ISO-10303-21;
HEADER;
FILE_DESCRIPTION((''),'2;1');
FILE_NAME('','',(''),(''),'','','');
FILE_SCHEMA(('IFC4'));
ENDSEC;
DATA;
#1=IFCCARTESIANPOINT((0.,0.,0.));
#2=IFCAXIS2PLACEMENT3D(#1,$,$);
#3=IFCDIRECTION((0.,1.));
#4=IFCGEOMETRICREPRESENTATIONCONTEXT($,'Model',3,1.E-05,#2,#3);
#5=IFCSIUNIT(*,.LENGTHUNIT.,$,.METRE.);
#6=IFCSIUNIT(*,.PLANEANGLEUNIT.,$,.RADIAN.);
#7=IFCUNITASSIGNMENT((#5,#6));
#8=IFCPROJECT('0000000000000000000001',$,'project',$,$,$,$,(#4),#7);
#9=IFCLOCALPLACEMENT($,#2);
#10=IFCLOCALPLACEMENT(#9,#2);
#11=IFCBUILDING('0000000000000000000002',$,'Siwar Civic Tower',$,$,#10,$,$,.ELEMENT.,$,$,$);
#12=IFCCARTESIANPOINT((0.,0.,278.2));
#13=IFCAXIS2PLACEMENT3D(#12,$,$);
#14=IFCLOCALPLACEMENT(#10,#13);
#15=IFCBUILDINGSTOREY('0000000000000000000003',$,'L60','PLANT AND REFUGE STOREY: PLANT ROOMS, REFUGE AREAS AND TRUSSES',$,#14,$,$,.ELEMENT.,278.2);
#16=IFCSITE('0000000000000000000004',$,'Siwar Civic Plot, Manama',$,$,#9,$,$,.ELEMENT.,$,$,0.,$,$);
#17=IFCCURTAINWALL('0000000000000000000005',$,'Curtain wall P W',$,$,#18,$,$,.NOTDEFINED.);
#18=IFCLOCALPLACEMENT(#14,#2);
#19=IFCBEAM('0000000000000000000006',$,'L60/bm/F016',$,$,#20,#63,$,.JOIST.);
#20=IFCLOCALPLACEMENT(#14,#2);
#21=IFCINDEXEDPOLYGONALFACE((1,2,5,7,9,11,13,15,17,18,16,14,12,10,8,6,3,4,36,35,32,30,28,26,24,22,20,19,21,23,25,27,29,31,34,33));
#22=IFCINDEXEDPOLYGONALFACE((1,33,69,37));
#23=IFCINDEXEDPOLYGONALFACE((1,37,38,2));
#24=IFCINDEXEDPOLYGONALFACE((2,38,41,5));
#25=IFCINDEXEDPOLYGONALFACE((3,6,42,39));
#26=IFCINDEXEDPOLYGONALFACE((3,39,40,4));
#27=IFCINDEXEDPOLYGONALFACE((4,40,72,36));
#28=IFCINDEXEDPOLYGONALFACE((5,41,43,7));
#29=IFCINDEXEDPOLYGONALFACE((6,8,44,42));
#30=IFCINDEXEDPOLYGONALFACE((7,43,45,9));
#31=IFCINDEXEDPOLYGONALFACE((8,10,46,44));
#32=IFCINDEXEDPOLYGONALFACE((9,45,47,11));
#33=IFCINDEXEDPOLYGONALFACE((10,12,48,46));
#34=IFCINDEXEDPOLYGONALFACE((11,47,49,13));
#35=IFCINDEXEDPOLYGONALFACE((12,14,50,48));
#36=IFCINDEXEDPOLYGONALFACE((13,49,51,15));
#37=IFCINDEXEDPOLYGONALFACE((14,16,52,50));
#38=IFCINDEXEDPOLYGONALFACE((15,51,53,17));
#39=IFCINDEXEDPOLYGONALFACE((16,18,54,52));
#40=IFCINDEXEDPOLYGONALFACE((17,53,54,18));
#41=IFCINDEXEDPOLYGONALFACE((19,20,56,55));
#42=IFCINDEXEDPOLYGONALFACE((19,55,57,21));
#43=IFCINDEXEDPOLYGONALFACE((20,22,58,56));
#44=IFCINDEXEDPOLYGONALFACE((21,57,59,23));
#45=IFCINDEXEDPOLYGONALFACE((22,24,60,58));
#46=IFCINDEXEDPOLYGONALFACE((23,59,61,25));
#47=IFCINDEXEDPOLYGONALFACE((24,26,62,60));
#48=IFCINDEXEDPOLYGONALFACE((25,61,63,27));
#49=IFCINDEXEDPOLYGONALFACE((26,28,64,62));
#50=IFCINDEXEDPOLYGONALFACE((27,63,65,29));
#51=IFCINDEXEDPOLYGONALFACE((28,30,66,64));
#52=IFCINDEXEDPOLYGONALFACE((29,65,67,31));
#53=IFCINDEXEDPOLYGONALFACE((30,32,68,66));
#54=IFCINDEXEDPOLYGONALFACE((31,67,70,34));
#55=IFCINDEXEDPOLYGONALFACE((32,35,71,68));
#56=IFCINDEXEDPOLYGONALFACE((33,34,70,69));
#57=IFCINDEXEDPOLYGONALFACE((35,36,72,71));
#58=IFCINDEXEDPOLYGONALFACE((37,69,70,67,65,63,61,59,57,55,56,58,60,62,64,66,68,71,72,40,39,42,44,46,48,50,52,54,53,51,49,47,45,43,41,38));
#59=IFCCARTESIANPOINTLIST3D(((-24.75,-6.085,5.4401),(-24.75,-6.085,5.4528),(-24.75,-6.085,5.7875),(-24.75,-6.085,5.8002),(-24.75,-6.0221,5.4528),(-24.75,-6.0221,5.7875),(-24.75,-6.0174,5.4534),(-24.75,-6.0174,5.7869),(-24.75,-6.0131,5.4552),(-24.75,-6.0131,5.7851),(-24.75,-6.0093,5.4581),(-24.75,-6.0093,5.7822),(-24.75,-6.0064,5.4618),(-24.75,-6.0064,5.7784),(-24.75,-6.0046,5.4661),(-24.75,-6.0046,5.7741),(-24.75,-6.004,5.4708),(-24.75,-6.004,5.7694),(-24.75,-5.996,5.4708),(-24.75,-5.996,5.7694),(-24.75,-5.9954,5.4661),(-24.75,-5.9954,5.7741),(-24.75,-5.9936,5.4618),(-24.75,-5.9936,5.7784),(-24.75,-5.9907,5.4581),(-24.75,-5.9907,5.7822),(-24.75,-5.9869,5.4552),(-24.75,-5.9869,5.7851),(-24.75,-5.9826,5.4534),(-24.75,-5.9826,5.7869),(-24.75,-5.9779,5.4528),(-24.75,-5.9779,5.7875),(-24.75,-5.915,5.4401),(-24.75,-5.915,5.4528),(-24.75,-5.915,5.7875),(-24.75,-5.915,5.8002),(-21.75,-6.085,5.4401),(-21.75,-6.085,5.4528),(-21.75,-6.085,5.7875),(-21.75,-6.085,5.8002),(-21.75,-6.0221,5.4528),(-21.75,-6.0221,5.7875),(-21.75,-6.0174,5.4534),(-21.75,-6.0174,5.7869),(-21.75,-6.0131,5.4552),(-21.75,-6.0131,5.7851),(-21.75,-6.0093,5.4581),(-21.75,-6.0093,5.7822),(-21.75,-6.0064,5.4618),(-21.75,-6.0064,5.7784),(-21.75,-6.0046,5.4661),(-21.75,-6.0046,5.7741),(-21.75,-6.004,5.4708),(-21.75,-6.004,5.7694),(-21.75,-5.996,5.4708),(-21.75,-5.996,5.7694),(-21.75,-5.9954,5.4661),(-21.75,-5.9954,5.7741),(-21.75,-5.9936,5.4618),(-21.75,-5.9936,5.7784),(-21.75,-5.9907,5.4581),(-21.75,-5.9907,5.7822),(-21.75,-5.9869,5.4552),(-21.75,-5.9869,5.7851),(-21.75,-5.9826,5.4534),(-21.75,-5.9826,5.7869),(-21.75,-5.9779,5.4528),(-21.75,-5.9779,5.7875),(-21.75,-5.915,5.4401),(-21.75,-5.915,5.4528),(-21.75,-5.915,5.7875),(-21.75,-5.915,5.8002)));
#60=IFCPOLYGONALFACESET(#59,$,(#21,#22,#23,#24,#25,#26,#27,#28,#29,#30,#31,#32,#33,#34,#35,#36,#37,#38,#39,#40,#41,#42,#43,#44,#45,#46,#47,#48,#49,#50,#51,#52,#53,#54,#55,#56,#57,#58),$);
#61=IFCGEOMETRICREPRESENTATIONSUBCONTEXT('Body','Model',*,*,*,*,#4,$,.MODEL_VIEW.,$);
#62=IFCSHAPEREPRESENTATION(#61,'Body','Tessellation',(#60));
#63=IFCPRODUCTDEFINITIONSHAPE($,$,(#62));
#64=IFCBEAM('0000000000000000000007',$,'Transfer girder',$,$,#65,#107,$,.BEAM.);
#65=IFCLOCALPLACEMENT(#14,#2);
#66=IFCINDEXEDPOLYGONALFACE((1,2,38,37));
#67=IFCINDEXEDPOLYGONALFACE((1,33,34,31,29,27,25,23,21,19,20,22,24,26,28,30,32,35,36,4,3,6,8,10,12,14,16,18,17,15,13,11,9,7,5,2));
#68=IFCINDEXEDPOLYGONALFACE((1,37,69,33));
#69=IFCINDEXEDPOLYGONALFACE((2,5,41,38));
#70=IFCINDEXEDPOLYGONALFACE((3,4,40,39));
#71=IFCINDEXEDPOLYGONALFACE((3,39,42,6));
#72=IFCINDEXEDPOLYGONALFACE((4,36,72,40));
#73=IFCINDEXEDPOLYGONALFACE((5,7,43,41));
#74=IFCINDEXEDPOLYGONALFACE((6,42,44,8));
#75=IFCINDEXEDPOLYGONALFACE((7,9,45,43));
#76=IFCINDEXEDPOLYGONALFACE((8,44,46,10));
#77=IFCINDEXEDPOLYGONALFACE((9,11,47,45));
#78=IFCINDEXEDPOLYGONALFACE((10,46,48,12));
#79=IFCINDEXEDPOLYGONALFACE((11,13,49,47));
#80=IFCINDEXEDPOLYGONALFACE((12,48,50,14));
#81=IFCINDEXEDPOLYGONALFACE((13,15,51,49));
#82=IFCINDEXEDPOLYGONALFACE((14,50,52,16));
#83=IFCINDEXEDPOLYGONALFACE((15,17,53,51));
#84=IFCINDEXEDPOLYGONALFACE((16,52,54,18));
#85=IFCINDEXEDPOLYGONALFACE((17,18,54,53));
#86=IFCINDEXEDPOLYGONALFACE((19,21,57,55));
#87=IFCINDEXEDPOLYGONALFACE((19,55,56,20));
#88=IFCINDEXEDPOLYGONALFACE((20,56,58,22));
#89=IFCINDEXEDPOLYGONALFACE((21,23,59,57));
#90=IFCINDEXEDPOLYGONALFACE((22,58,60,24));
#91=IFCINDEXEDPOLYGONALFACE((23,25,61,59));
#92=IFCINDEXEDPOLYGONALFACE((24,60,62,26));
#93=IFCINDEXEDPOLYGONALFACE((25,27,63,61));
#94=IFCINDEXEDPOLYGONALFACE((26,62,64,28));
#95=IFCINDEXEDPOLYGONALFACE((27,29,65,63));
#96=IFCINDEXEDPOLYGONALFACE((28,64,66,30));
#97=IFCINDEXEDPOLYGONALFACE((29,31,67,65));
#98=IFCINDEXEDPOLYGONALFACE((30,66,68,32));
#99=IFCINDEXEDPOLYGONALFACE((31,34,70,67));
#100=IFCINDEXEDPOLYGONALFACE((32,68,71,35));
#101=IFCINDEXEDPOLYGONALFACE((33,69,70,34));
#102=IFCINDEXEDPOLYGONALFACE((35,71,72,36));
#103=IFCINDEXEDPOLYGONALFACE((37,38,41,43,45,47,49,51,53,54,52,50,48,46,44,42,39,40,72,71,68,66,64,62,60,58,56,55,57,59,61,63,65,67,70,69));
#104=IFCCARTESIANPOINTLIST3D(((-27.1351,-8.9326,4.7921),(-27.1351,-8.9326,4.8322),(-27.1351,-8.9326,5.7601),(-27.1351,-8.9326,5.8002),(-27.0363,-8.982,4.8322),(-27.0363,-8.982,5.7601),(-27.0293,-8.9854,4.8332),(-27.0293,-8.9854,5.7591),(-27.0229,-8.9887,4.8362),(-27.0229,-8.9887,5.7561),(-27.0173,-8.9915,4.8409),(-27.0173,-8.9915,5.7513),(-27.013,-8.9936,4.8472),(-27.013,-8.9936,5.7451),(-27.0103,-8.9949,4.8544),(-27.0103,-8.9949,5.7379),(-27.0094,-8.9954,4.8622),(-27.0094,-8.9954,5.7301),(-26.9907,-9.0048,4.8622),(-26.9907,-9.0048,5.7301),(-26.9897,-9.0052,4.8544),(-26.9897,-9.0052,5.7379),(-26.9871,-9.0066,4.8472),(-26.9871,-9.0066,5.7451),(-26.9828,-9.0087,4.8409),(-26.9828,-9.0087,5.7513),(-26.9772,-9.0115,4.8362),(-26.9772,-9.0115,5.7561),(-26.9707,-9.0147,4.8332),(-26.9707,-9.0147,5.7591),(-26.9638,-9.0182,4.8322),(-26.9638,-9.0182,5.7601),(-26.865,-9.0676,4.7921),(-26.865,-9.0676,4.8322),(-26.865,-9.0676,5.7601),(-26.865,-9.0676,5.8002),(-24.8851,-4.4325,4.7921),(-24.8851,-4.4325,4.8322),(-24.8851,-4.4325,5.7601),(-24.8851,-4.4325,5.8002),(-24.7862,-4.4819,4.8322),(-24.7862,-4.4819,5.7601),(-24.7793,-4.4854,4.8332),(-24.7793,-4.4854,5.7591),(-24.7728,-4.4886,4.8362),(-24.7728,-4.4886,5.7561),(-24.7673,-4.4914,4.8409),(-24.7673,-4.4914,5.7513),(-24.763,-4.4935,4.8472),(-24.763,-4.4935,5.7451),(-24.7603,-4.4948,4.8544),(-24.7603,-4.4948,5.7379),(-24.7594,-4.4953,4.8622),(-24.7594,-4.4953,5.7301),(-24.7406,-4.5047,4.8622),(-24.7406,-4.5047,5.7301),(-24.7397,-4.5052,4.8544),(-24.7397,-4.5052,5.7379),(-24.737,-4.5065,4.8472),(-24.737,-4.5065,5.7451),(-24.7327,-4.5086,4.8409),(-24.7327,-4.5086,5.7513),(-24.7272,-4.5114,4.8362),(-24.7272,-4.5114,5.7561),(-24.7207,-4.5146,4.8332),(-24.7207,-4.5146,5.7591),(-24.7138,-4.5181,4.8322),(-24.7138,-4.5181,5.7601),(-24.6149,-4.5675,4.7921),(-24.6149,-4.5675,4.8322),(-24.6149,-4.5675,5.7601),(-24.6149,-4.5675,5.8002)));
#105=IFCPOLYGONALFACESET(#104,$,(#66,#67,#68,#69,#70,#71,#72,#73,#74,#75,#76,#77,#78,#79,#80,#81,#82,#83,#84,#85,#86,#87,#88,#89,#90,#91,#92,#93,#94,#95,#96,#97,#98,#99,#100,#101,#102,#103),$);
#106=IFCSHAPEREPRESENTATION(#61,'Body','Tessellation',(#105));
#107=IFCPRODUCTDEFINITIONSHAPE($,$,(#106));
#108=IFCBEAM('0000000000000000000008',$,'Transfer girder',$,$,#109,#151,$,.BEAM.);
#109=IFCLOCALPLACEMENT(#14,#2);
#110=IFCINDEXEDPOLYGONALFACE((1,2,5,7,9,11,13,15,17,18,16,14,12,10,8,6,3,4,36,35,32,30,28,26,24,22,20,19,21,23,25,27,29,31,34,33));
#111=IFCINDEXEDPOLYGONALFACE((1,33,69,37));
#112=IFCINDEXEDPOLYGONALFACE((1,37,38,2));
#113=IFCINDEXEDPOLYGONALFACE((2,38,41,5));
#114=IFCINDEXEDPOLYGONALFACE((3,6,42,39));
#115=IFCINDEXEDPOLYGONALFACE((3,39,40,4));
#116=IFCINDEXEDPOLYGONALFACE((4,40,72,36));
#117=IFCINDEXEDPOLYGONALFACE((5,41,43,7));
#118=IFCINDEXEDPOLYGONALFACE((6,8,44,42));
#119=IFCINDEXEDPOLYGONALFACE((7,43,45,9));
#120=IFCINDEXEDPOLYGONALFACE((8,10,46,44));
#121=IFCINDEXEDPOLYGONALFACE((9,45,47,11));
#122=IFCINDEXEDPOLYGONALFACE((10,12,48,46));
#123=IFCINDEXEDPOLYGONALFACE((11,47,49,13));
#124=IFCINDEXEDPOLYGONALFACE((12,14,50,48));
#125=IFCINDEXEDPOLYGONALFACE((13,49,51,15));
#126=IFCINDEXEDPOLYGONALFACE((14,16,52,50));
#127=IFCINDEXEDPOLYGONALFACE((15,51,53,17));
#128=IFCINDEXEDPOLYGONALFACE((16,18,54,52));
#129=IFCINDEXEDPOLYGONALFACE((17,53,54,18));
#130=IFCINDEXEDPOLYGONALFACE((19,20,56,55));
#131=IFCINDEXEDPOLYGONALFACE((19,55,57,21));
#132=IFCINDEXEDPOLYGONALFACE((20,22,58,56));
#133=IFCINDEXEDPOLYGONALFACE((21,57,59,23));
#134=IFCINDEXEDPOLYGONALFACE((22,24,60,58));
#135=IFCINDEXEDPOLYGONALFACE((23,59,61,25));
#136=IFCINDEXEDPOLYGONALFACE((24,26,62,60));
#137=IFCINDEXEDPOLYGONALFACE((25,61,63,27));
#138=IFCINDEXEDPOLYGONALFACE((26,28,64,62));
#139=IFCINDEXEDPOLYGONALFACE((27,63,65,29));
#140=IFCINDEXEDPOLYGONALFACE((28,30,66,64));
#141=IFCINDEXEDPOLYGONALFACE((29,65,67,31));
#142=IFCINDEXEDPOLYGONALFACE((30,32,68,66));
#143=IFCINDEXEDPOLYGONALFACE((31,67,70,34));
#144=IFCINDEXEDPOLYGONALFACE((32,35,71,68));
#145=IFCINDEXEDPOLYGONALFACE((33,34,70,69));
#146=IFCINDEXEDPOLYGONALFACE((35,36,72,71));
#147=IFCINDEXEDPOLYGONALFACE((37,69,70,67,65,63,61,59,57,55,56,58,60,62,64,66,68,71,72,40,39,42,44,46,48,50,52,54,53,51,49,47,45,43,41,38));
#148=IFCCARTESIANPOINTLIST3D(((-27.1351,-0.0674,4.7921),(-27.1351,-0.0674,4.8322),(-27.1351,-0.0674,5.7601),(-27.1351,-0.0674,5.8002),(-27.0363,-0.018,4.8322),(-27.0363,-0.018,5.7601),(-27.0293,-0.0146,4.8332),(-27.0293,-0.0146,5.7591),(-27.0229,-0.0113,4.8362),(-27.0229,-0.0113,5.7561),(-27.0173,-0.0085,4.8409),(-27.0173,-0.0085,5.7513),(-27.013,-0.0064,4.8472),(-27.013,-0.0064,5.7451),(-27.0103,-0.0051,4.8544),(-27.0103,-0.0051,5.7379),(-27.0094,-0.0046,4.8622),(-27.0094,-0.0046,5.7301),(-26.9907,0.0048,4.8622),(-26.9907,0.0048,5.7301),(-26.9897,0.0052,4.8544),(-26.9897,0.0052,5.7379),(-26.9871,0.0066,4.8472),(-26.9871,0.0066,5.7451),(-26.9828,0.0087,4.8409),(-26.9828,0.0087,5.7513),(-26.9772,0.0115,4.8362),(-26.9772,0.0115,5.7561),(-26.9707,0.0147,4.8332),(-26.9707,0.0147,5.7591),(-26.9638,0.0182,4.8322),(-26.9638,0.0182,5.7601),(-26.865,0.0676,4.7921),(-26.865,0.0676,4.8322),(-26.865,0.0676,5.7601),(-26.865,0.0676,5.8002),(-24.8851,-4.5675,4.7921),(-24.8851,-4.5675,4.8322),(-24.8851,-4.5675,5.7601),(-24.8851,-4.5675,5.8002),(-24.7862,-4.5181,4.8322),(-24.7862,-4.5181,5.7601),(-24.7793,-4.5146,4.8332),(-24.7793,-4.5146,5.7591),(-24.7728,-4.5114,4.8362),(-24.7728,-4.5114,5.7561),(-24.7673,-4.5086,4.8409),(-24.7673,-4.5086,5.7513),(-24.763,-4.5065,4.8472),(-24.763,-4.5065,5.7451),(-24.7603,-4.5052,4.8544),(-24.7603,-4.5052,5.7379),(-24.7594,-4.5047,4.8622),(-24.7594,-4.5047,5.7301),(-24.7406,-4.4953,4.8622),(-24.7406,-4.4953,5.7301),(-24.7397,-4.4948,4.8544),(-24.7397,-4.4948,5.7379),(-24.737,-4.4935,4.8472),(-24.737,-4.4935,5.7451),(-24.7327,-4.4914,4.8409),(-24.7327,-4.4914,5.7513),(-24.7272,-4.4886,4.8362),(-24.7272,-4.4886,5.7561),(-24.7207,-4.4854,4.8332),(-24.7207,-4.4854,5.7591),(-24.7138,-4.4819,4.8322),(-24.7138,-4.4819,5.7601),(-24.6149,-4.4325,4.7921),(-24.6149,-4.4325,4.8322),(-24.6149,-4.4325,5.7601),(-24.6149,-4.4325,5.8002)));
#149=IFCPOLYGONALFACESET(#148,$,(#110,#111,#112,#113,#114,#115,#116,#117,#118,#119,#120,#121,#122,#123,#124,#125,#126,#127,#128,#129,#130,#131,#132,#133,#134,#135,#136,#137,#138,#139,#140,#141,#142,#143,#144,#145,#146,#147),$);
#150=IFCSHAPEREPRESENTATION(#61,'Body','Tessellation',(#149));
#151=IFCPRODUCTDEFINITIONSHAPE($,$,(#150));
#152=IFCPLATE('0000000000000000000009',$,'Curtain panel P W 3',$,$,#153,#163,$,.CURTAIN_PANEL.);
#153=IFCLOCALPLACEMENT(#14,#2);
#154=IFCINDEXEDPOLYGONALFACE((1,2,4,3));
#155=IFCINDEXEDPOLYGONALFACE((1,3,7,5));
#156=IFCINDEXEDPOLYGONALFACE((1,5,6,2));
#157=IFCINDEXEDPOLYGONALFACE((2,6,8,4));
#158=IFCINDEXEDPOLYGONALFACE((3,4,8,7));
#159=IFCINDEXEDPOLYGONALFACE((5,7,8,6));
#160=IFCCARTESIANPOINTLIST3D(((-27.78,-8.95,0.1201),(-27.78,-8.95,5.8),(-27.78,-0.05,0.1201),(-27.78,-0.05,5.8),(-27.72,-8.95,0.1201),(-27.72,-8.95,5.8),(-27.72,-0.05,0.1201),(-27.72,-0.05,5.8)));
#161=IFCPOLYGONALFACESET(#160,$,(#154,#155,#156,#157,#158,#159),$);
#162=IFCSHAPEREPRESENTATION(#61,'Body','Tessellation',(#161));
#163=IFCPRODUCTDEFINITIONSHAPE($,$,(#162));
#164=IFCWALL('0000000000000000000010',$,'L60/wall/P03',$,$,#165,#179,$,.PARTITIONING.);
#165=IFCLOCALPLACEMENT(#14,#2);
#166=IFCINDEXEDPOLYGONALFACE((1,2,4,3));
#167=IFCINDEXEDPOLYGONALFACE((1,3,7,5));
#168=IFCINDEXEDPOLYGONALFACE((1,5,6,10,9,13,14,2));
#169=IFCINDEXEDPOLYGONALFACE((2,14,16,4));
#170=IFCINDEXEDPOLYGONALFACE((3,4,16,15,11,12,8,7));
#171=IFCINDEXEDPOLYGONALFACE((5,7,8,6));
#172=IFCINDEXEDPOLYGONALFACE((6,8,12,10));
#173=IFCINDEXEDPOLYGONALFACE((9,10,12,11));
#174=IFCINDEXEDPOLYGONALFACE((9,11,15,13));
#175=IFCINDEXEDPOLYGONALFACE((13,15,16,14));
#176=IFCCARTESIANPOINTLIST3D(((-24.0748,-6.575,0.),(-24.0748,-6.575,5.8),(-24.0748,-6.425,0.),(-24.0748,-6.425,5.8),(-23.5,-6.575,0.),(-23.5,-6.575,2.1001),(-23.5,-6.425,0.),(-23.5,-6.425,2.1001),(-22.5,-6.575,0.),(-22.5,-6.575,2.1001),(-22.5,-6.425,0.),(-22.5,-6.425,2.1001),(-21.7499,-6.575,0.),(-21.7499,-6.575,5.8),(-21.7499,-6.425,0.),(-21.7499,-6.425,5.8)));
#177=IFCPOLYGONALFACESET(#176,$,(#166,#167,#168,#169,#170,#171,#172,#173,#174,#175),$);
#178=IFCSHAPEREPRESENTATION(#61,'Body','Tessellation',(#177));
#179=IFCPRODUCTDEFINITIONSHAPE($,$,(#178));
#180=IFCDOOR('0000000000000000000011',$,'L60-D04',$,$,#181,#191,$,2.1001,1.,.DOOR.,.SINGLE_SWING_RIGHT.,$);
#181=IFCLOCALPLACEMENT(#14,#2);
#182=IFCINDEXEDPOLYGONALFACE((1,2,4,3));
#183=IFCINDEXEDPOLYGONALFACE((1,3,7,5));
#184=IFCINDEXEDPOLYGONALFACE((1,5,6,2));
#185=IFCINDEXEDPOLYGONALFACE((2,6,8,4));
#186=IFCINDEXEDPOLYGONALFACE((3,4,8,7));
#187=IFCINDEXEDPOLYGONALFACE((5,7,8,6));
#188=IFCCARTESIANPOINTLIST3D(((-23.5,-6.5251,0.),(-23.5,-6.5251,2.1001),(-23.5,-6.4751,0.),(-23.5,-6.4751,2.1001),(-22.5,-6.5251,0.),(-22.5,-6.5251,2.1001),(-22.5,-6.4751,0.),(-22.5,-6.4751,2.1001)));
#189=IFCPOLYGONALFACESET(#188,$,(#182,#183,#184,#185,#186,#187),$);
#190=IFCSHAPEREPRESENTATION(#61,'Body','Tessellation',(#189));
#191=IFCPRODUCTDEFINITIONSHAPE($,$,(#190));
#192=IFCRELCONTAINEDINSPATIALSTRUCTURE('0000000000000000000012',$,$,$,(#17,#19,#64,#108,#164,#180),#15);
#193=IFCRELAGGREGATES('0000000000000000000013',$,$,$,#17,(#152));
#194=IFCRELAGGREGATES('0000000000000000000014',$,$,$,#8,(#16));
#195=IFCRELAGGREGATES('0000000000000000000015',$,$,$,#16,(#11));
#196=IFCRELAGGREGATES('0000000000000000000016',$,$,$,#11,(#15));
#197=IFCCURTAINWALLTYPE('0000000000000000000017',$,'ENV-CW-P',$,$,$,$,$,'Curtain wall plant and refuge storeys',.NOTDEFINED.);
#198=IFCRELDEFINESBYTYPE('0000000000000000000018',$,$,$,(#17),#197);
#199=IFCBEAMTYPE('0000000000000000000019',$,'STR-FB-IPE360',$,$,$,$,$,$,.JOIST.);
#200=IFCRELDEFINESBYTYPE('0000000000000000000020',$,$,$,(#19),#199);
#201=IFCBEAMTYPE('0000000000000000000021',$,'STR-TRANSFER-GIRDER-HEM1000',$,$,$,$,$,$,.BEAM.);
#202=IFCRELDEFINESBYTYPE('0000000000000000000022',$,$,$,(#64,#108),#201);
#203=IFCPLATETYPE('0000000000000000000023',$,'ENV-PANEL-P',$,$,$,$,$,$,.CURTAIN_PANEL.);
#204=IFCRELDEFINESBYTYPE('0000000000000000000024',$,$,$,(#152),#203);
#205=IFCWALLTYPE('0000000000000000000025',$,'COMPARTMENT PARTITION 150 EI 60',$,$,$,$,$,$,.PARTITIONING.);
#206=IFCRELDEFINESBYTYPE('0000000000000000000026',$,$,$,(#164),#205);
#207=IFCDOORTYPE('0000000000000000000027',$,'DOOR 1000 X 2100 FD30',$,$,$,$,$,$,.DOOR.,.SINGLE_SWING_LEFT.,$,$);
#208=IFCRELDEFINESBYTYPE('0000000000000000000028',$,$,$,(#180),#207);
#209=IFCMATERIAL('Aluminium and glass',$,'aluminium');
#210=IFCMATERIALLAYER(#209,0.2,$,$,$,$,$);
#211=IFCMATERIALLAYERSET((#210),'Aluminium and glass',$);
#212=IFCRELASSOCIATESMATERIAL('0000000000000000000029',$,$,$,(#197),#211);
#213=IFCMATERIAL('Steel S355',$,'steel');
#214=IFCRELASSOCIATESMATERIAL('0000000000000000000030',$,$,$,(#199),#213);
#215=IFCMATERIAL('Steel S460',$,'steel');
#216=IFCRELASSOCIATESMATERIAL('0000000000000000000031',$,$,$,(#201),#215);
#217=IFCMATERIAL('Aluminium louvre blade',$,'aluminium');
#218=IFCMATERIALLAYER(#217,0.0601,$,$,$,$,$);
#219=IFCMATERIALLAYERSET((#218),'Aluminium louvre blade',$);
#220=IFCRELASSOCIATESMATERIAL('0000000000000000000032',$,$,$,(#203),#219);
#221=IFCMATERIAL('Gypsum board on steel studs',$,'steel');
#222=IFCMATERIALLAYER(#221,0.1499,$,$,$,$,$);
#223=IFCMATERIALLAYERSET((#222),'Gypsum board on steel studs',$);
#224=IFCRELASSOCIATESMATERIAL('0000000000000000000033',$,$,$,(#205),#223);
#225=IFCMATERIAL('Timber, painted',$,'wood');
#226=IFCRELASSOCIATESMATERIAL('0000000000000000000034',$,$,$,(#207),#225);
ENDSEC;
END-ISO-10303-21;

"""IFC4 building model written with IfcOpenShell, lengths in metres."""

from ifc_helpers import new_model, si_unit, direction, frame, frame_2d, origin, origin_2d, place, context, subcontext, project, spatial, rectangle, i_section, extrude, material, layer, layer_set, material_profile, profile_set, type_object, element, fill, aggregate, save


model = new_model("IFC4")

# Units and contexts
model_context = context("Model", 3, precision=1e-05, world=origin(), true_north=direction((0.0, 1.0)))
body_context = subcontext(model_context, "Body", "Model", "MODEL_VIEW")
ifc_project = project(units=[si_unit("LENGTHUNIT", "METRE"), si_unit("PLANEANGLEUNIT", "RADIAN")], contexts=[model_context])

# Site, building, storey
site_placement = place(None, origin())
site = spatial("IfcSite", under=ifc_project, at=site_placement, Name="Siwar Civic Plot, Manama", CompositionType="ELEMENT", RefElevation=0.0)
building_placement = place(site_placement, origin())
building = spatial("IfcBuilding", under=site, at=building_placement, Name="Siwar Civic Tower", CompositionType="ELEMENT")
storey_placement = place(building_placement, frame((0.0, 0.0, 278.2)))
storey = spatial("IfcBuildingStorey", under=building, at=storey_placement, Name="L60", Description="PLANT AND REFUGE STOREY: PLANT ROOMS, REFUGE AREAS AND TRUSSES", CompositionType="ELEMENT", Elevation=278.2)

# Curtain wall
ifc_material_1 = material(Name="Aluminium and glass", Category="aluminium")
ifc_layer_1 = layer(ifc_material_1, 0.2)
ifc_layer_set_1 = layer_set([ifc_layer_1], Name="Aluminium and glass")
curtain_wall_type = type_object("IfcCurtainWallType", Name="ENV-CW-P", ElementType="Curtain wall plant and refuge storeys", PredefinedType="NOTDEFINED", material=ifc_layer_set_1)
curtain_wall_placement = place(storey_placement, origin())
curtain_wall = element("IfcCurtainWall", 1, at=curtain_wall_placement, inside=storey, type_object=curtain_wall_type, Name="Curtain wall P W", PredefinedType="NOTDEFINED")

# Beams
ifc_material_2 = material(Name="Steel S355", Category="steel")
ifc_material_profile_1 = material_profile(ifc_material_2, i_section(OverallWidth=0.1699, OverallDepth=0.3601, WebThickness=0.0081, FlangeThickness=0.0127, FilletRadius=0.0181, at=origin_2d()), Name="IPE360")
ifc_profile_set_1 = profile_set([ifc_material_profile_1], Name="Steel S355")
beam_type_1 = type_object("IfcBeamType", Name="STR-FB-IPE360", PredefinedType="JOIST", material=ifc_profile_set_1)
beam_placement = place(storey_placement, frame((-24.75, -6.0, 5.6201), z_axis=(1.0, 0.0, 0.0), x_axis=(0.0, 1.0, 0.0)))
element("IfcBeam", 2, at=beam_placement, inside=storey, type_object=beam_type_1, Name="L60/bm/F016", PredefinedType="JOIST", context=body_context, shape_type="SweptSolid", body=[
    extrude(i_section(OverallWidth=0.1699, OverallDepth=0.3601, WebThickness=0.0081, FlangeThickness=0.0127, FilletRadius=0.0181, at=origin_2d()), origin(), (0.0, 0.0, 1.0), 3.0),
])
ifc_material_3 = material(Name="Steel S460", Category="steel")
ifc_material_profile_2 = material_profile(ifc_material_3, i_section(OverallWidth=0.302, OverallDepth=1.0081, WebThickness=0.021, FlangeThickness=0.04, FilletRadius=0.03, at=origin_2d()), Name="HEM1000")
ifc_profile_set_2 = profile_set([ifc_material_profile_2], Name="Steel S460")
beam_type_2 = type_object("IfcBeamType", Name="STR-TRANSFER-GIRDER-HEM1000", PredefinedType="BEAM", material=ifc_profile_set_2)
for number, where, z_axis, x_axis, name in (
    (3, (-24.75, -4.5, 5.2961), (-0.447214, -0.894427, 0.0), (0.894427, -0.447214, 0.0), "Transfer girder"),
    (4, (-24.75, -4.5, 5.2961), (-0.447214, 0.894427, 0.0), (-0.894427, -0.447214, 0.0), "Transfer girder"),
):
    element("IfcBeam", number, at=place(storey_placement, frame(where, z_axis=z_axis, x_axis=x_axis)), inside=storey, type_object=beam_type_2, Name=name, PredefinedType="BEAM", context=body_context, shape_type="SweptSolid", body=[
        extrude(i_section(OverallWidth=0.302, OverallDepth=1.0081, WebThickness=0.021, FlangeThickness=0.04, FilletRadius=0.03, at=origin_2d()), origin(), (0.0, 0.0, 1.0), 5.0312),
    ])

# Plate
ifc_material_4 = material(Name="Aluminium louvre blade", Category="aluminium")
ifc_layer_2 = layer(ifc_material_4, 0.0601)
ifc_layer_set_2 = layer_set([ifc_layer_2], Name="Aluminium louvre blade")
plate_type = type_object("IfcPlateType", Name="ENV-PANEL-P", PredefinedType="CURTAIN_PANEL", material=ifc_layer_set_2)
plate_placement = place(storey_placement, frame((-27.75, -4.5, 0.1201), z_axis=(0.0, 0.0, 1.0), x_axis=(0.0, -1.0, 0.0)))
plate = element("IfcPlate", 5, at=plate_placement, type_object=plate_type, Name="Curtain panel P W 3", PredefinedType="CURTAIN_PANEL", context=body_context, shape_type="SweptSolid", body=[
    extrude(rectangle(XDim=8.8999, YDim=0.0601, at=origin_2d()), origin(), (0.0, 0.0, 1.0), 5.6799),
])
aggregate(curtain_wall, [plate])

# Wall, opening, door
ifc_material_5 = material(Name="Gypsum board on steel studs", Category="steel")
ifc_layer_3 = layer(ifc_material_5, 0.1499)
ifc_layer_set_3 = layer_set([ifc_layer_3], Name="Gypsum board on steel studs")
wall_type = type_object("IfcWallType", Name="COMPARTMENT PARTITION 150 EI 60", PredefinedType="PARTITIONING", material=ifc_layer_set_3)
wall_placement = place(storey_placement, frame((-24.075, -6.5, 0.0), z_axis=(0.0, 0.0, 1.0), x_axis=(1.0, 0.0, 0.0)))
wall = element("IfcWall", 6, at=wall_placement, inside=storey, type_object=wall_type, Name="L60/wall/P03", PredefinedType="PARTITIONING", context=body_context, shape_type="SweptSolid", body=[
    extrude(rectangle(XDim=2.325, YDim=0.1499, at=frame_2d((1.1626, 0.0))), origin(), (0.0, 0.0, 1.0), 5.8),
])
opening_placement = place(wall_placement, frame((0.575, 0.0, 0.0)))
opening = element("IfcOpeningElement", 7, at=opening_placement, cuts=wall, PredefinedType="OPENING", context=body_context, shape_type="SweptSolid", body=[
    extrude(rectangle(XDim=1.0, YDim=2.1001, at=frame_2d((0.5, 1.05))), frame((0.0, 0.085, 0.0), z_axis=(0.0, -1.0, 0.0), x_axis=(1.0, 0.0, 0.0)), (0.0, 0.0, 1.0), 0.1699),
])
ifc_material_6 = material(Name="Timber, painted", Category="wood")
door_type = type_object("IfcDoorType", Name="DOOR 1000 X 2100 FD30", OperationType="SINGLE_SWING_LEFT", PredefinedType="DOOR", material=ifc_material_6)
door_placement = place(opening_placement, origin())
door = element("IfcDoor", 8, at=door_placement, inside=storey, type_object=door_type, Name="L60-D04", OperationType="SINGLE_SWING_RIGHT", OverallHeight=2.1001, OverallWidth=1.0, PredefinedType="DOOR", context=body_context, shape_type="SweptSolid", body=[
    extrude(rectangle(XDim=1.0, YDim=2.1001, at=frame_2d((0.5, 1.05))), frame((0.0, 0.0249, 0.0), z_axis=(0.0, -1.0, 0.0), x_axis=(1.0, 0.0, 0.0)), (0.0, 0.0, 1.0), 0.05),
])
fill(opening, door)

save(model, "model.ifc")
